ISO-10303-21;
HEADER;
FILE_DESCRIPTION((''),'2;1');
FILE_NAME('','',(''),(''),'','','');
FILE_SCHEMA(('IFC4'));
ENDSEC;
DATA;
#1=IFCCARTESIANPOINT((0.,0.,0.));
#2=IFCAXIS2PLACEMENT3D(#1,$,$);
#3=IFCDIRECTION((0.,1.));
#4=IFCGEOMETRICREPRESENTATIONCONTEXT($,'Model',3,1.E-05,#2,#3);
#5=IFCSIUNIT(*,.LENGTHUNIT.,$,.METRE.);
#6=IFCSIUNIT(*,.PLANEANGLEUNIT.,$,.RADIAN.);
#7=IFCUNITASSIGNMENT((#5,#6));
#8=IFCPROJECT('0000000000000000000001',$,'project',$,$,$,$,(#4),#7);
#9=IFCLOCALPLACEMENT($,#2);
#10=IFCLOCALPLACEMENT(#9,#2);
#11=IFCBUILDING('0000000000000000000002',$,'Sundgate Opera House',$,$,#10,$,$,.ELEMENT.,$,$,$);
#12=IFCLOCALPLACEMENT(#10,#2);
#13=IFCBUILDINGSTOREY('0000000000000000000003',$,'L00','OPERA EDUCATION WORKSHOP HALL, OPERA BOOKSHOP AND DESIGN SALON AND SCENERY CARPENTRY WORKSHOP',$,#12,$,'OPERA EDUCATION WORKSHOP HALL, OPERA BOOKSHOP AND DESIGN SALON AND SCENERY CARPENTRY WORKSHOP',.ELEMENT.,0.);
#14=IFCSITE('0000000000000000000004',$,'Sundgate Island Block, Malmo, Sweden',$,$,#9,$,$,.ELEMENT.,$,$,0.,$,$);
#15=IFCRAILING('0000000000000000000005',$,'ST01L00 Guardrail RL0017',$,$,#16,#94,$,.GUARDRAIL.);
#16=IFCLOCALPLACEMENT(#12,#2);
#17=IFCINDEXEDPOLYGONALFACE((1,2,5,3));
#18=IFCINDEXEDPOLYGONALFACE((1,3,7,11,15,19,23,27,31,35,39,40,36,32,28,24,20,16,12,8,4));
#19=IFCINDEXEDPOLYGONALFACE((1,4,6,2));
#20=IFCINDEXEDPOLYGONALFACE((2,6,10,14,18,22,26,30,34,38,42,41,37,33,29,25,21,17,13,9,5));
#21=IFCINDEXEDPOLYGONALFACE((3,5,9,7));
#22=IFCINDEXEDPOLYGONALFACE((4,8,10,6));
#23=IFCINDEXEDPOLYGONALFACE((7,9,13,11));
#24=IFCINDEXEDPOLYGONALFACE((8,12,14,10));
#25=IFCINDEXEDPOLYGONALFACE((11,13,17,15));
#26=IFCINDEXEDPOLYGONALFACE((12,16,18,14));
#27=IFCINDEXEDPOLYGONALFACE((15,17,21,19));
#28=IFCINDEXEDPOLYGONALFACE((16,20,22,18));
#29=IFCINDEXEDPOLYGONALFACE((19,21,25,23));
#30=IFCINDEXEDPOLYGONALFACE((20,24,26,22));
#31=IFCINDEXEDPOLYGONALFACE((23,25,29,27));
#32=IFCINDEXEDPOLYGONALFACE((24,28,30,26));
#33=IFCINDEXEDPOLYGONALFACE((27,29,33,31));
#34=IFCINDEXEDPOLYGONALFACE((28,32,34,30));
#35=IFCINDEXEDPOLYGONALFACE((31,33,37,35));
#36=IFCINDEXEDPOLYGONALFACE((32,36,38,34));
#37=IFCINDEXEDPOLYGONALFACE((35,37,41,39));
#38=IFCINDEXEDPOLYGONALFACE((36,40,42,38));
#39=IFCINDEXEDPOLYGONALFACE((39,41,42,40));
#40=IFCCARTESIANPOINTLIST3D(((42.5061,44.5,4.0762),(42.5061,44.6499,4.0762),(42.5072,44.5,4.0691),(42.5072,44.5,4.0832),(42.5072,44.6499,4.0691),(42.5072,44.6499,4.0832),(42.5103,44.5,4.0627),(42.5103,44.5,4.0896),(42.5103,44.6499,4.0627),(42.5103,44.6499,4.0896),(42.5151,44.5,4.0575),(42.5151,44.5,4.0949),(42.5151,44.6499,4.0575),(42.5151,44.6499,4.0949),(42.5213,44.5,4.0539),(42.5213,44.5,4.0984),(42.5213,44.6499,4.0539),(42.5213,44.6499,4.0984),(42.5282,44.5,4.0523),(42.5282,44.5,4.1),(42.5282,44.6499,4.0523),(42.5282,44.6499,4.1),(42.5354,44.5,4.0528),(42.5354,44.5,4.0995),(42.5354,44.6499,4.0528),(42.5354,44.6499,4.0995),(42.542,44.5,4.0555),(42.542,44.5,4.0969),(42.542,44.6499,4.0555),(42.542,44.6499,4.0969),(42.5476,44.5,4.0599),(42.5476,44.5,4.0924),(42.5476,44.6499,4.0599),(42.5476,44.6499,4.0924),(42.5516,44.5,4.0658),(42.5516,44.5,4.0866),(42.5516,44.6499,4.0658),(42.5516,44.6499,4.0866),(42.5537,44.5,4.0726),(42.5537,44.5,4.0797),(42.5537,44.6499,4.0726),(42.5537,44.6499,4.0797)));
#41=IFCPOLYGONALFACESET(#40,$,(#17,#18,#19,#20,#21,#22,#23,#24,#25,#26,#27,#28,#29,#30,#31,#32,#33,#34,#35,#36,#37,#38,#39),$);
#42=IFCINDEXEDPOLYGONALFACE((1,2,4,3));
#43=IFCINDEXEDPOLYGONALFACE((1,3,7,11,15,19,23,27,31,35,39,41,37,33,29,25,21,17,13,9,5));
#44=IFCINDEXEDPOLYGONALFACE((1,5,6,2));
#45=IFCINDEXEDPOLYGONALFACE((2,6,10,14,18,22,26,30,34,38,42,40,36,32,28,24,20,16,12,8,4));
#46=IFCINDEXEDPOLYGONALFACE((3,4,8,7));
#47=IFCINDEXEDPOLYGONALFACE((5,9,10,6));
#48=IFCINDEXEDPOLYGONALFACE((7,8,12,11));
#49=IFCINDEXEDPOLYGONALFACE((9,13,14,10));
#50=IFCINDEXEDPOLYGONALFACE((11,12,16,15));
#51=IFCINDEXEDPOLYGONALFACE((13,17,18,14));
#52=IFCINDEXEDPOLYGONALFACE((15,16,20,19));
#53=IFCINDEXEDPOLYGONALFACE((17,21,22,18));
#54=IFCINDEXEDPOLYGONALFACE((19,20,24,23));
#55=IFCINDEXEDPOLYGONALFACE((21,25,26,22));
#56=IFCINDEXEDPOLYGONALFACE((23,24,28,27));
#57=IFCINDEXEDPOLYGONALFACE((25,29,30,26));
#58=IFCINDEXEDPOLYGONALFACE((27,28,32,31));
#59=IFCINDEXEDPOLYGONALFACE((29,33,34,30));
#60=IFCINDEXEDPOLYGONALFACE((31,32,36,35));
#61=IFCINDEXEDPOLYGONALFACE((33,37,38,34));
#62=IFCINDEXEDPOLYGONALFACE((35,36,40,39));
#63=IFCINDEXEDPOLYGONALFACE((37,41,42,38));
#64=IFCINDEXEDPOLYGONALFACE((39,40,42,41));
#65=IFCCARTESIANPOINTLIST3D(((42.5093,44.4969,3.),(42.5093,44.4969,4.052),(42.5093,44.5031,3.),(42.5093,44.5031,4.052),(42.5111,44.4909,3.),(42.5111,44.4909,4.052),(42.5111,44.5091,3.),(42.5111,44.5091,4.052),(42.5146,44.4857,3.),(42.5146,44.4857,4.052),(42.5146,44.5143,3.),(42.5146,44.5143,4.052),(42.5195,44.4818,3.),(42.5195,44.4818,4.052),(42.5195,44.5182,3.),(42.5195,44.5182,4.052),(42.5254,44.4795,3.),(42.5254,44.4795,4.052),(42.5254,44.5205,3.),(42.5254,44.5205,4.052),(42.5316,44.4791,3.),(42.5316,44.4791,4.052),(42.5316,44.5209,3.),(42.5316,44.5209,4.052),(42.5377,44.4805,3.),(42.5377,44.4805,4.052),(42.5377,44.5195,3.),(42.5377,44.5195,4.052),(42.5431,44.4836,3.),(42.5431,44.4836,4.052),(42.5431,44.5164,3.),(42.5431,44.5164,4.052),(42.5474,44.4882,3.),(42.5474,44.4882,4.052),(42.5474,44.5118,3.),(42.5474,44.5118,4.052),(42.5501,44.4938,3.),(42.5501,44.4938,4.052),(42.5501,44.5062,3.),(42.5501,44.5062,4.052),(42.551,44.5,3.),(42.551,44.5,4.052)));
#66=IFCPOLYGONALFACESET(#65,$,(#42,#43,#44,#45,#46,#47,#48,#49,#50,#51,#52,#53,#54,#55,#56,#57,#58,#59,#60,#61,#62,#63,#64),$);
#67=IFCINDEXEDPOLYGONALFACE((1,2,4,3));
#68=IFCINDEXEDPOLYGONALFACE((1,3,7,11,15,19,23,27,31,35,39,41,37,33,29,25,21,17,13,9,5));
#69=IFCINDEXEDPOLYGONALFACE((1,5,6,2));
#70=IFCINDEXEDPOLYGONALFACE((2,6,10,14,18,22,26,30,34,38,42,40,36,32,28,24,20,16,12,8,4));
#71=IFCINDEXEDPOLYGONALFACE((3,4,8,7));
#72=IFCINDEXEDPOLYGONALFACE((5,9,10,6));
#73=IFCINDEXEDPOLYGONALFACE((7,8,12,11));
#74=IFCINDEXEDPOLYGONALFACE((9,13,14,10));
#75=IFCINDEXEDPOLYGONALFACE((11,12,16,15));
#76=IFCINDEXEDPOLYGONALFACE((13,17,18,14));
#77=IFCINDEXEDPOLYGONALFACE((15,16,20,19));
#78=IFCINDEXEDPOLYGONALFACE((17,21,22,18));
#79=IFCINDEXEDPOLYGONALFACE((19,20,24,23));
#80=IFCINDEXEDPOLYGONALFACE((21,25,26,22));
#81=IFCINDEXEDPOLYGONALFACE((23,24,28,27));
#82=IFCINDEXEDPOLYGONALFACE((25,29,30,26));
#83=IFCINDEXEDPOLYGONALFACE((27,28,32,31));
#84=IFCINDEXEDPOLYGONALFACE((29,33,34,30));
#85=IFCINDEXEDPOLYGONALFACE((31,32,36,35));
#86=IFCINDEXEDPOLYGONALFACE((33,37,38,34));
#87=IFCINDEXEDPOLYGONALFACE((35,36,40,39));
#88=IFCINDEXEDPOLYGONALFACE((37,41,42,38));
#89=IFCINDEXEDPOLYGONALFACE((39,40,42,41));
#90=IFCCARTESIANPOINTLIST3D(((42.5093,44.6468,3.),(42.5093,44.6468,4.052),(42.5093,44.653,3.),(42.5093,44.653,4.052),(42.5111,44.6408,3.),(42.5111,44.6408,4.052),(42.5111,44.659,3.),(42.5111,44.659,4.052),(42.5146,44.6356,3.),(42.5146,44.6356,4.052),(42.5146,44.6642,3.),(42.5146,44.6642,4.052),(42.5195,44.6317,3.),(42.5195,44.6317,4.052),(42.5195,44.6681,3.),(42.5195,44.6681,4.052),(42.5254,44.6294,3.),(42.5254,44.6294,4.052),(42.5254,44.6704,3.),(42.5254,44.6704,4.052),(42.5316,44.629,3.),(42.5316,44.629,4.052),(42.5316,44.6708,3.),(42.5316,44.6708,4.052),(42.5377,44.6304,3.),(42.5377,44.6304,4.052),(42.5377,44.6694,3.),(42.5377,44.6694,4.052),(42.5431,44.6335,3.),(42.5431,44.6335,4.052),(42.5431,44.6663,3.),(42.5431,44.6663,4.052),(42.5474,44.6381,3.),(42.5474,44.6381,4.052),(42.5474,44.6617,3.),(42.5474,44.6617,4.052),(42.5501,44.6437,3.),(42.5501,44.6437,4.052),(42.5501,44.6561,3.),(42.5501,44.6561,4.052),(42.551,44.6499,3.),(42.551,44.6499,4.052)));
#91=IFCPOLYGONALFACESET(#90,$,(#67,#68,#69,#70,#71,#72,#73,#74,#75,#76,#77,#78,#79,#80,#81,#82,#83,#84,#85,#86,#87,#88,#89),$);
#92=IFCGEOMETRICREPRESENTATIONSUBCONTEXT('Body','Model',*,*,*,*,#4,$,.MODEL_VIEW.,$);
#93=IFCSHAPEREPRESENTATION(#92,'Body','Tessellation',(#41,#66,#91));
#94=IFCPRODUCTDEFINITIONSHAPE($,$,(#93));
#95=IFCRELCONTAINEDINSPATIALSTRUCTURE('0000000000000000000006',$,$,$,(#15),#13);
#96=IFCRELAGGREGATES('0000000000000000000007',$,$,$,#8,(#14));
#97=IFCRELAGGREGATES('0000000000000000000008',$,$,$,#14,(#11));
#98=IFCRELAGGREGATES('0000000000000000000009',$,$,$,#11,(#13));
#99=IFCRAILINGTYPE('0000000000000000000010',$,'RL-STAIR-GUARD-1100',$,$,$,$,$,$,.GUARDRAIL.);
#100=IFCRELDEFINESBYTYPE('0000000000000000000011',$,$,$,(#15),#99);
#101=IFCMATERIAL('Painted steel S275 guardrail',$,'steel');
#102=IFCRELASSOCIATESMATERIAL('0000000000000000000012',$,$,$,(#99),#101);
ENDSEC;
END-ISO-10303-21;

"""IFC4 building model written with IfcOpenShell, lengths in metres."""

from ifc_helpers import new_model, si_unit, direction, frame, origin, origin_2d, place, context, subcontext, project, spatial, circle, extrude, material, type_object, element, save


model = new_model("IFC4")

# Units and contexts
model_context = context("Model", 3, precision=1e-05, world=origin(), true_north=direction((0.0, 1.0)))
body_context = subcontext(model_context, "Body", "Model", "MODEL_VIEW")
ifc_project = project(units=[si_unit("LENGTHUNIT", "METRE"), si_unit("PLANEANGLEUNIT", "RADIAN")], contexts=[model_context])

# Site, building, storey
site_placement = place(None, origin())
site = spatial("IfcSite", under=ifc_project, at=site_placement, Name="Sundgate Island Block, Malmo, Sweden", CompositionType="ELEMENT", RefElevation=0.0)
building_placement = place(site_placement, origin())
building = spatial("IfcBuilding", under=site, at=building_placement, Name="Sundgate Opera House", CompositionType="ELEMENT")
storey_placement = place(building_placement, origin())
storey = spatial("IfcBuildingStorey", under=building, at=storey_placement, Name="L00", Description="OPERA EDUCATION WORKSHOP HALL, OPERA BOOKSHOP AND DESIGN SALON AND SCENERY CARPENTRY WORKSHOP", LongName="OPERA EDUCATION WORKSHOP HALL, OPERA BOOKSHOP AND DESIGN SALON AND SCENERY CARPENTRY WORKSHOP", CompositionType="ELEMENT", Elevation=0.0)

# Railing
ifc_material_1 = material(Name="Painted steel S275 guardrail", Category="steel")
railing_type_1 = type_object("IfcRailingType", Name="RL-STAIR-GUARD-1100", PredefinedType="GUARDRAIL", material=ifc_material_1)
railing_1_placement = place(storey_placement, frame((42.53, 44.5, 3.0)))
element("IfcRailing", 1, at=railing_1_placement, inside=storey, type_object=railing_type_1, Name="ST01L00 Guardrail RL0017", PredefinedType="GUARDRAIL", context=body_context, shape_type="SweptSolid", body=[
    extrude(circle(Radius=0.0239, at=origin_2d()), frame((0.0, 0.0, 1.0762), z_axis=(0.0, 1.0, 0.0), x_axis=(-1.0, 0.0, 0.0)), (0.0, 0.0, 1.0), 0.1499),
    extrude(circle(Radius=0.021, at=origin_2d()), origin(), (0.0, 0.0, 1.0), 1.052),
    extrude(circle(Radius=0.021, at=origin_2d()), frame((0.0, 0.1499, 0.0)), (0.0, 0.0, 1.0), 1.052),
])

save(model, "model.ifc")
